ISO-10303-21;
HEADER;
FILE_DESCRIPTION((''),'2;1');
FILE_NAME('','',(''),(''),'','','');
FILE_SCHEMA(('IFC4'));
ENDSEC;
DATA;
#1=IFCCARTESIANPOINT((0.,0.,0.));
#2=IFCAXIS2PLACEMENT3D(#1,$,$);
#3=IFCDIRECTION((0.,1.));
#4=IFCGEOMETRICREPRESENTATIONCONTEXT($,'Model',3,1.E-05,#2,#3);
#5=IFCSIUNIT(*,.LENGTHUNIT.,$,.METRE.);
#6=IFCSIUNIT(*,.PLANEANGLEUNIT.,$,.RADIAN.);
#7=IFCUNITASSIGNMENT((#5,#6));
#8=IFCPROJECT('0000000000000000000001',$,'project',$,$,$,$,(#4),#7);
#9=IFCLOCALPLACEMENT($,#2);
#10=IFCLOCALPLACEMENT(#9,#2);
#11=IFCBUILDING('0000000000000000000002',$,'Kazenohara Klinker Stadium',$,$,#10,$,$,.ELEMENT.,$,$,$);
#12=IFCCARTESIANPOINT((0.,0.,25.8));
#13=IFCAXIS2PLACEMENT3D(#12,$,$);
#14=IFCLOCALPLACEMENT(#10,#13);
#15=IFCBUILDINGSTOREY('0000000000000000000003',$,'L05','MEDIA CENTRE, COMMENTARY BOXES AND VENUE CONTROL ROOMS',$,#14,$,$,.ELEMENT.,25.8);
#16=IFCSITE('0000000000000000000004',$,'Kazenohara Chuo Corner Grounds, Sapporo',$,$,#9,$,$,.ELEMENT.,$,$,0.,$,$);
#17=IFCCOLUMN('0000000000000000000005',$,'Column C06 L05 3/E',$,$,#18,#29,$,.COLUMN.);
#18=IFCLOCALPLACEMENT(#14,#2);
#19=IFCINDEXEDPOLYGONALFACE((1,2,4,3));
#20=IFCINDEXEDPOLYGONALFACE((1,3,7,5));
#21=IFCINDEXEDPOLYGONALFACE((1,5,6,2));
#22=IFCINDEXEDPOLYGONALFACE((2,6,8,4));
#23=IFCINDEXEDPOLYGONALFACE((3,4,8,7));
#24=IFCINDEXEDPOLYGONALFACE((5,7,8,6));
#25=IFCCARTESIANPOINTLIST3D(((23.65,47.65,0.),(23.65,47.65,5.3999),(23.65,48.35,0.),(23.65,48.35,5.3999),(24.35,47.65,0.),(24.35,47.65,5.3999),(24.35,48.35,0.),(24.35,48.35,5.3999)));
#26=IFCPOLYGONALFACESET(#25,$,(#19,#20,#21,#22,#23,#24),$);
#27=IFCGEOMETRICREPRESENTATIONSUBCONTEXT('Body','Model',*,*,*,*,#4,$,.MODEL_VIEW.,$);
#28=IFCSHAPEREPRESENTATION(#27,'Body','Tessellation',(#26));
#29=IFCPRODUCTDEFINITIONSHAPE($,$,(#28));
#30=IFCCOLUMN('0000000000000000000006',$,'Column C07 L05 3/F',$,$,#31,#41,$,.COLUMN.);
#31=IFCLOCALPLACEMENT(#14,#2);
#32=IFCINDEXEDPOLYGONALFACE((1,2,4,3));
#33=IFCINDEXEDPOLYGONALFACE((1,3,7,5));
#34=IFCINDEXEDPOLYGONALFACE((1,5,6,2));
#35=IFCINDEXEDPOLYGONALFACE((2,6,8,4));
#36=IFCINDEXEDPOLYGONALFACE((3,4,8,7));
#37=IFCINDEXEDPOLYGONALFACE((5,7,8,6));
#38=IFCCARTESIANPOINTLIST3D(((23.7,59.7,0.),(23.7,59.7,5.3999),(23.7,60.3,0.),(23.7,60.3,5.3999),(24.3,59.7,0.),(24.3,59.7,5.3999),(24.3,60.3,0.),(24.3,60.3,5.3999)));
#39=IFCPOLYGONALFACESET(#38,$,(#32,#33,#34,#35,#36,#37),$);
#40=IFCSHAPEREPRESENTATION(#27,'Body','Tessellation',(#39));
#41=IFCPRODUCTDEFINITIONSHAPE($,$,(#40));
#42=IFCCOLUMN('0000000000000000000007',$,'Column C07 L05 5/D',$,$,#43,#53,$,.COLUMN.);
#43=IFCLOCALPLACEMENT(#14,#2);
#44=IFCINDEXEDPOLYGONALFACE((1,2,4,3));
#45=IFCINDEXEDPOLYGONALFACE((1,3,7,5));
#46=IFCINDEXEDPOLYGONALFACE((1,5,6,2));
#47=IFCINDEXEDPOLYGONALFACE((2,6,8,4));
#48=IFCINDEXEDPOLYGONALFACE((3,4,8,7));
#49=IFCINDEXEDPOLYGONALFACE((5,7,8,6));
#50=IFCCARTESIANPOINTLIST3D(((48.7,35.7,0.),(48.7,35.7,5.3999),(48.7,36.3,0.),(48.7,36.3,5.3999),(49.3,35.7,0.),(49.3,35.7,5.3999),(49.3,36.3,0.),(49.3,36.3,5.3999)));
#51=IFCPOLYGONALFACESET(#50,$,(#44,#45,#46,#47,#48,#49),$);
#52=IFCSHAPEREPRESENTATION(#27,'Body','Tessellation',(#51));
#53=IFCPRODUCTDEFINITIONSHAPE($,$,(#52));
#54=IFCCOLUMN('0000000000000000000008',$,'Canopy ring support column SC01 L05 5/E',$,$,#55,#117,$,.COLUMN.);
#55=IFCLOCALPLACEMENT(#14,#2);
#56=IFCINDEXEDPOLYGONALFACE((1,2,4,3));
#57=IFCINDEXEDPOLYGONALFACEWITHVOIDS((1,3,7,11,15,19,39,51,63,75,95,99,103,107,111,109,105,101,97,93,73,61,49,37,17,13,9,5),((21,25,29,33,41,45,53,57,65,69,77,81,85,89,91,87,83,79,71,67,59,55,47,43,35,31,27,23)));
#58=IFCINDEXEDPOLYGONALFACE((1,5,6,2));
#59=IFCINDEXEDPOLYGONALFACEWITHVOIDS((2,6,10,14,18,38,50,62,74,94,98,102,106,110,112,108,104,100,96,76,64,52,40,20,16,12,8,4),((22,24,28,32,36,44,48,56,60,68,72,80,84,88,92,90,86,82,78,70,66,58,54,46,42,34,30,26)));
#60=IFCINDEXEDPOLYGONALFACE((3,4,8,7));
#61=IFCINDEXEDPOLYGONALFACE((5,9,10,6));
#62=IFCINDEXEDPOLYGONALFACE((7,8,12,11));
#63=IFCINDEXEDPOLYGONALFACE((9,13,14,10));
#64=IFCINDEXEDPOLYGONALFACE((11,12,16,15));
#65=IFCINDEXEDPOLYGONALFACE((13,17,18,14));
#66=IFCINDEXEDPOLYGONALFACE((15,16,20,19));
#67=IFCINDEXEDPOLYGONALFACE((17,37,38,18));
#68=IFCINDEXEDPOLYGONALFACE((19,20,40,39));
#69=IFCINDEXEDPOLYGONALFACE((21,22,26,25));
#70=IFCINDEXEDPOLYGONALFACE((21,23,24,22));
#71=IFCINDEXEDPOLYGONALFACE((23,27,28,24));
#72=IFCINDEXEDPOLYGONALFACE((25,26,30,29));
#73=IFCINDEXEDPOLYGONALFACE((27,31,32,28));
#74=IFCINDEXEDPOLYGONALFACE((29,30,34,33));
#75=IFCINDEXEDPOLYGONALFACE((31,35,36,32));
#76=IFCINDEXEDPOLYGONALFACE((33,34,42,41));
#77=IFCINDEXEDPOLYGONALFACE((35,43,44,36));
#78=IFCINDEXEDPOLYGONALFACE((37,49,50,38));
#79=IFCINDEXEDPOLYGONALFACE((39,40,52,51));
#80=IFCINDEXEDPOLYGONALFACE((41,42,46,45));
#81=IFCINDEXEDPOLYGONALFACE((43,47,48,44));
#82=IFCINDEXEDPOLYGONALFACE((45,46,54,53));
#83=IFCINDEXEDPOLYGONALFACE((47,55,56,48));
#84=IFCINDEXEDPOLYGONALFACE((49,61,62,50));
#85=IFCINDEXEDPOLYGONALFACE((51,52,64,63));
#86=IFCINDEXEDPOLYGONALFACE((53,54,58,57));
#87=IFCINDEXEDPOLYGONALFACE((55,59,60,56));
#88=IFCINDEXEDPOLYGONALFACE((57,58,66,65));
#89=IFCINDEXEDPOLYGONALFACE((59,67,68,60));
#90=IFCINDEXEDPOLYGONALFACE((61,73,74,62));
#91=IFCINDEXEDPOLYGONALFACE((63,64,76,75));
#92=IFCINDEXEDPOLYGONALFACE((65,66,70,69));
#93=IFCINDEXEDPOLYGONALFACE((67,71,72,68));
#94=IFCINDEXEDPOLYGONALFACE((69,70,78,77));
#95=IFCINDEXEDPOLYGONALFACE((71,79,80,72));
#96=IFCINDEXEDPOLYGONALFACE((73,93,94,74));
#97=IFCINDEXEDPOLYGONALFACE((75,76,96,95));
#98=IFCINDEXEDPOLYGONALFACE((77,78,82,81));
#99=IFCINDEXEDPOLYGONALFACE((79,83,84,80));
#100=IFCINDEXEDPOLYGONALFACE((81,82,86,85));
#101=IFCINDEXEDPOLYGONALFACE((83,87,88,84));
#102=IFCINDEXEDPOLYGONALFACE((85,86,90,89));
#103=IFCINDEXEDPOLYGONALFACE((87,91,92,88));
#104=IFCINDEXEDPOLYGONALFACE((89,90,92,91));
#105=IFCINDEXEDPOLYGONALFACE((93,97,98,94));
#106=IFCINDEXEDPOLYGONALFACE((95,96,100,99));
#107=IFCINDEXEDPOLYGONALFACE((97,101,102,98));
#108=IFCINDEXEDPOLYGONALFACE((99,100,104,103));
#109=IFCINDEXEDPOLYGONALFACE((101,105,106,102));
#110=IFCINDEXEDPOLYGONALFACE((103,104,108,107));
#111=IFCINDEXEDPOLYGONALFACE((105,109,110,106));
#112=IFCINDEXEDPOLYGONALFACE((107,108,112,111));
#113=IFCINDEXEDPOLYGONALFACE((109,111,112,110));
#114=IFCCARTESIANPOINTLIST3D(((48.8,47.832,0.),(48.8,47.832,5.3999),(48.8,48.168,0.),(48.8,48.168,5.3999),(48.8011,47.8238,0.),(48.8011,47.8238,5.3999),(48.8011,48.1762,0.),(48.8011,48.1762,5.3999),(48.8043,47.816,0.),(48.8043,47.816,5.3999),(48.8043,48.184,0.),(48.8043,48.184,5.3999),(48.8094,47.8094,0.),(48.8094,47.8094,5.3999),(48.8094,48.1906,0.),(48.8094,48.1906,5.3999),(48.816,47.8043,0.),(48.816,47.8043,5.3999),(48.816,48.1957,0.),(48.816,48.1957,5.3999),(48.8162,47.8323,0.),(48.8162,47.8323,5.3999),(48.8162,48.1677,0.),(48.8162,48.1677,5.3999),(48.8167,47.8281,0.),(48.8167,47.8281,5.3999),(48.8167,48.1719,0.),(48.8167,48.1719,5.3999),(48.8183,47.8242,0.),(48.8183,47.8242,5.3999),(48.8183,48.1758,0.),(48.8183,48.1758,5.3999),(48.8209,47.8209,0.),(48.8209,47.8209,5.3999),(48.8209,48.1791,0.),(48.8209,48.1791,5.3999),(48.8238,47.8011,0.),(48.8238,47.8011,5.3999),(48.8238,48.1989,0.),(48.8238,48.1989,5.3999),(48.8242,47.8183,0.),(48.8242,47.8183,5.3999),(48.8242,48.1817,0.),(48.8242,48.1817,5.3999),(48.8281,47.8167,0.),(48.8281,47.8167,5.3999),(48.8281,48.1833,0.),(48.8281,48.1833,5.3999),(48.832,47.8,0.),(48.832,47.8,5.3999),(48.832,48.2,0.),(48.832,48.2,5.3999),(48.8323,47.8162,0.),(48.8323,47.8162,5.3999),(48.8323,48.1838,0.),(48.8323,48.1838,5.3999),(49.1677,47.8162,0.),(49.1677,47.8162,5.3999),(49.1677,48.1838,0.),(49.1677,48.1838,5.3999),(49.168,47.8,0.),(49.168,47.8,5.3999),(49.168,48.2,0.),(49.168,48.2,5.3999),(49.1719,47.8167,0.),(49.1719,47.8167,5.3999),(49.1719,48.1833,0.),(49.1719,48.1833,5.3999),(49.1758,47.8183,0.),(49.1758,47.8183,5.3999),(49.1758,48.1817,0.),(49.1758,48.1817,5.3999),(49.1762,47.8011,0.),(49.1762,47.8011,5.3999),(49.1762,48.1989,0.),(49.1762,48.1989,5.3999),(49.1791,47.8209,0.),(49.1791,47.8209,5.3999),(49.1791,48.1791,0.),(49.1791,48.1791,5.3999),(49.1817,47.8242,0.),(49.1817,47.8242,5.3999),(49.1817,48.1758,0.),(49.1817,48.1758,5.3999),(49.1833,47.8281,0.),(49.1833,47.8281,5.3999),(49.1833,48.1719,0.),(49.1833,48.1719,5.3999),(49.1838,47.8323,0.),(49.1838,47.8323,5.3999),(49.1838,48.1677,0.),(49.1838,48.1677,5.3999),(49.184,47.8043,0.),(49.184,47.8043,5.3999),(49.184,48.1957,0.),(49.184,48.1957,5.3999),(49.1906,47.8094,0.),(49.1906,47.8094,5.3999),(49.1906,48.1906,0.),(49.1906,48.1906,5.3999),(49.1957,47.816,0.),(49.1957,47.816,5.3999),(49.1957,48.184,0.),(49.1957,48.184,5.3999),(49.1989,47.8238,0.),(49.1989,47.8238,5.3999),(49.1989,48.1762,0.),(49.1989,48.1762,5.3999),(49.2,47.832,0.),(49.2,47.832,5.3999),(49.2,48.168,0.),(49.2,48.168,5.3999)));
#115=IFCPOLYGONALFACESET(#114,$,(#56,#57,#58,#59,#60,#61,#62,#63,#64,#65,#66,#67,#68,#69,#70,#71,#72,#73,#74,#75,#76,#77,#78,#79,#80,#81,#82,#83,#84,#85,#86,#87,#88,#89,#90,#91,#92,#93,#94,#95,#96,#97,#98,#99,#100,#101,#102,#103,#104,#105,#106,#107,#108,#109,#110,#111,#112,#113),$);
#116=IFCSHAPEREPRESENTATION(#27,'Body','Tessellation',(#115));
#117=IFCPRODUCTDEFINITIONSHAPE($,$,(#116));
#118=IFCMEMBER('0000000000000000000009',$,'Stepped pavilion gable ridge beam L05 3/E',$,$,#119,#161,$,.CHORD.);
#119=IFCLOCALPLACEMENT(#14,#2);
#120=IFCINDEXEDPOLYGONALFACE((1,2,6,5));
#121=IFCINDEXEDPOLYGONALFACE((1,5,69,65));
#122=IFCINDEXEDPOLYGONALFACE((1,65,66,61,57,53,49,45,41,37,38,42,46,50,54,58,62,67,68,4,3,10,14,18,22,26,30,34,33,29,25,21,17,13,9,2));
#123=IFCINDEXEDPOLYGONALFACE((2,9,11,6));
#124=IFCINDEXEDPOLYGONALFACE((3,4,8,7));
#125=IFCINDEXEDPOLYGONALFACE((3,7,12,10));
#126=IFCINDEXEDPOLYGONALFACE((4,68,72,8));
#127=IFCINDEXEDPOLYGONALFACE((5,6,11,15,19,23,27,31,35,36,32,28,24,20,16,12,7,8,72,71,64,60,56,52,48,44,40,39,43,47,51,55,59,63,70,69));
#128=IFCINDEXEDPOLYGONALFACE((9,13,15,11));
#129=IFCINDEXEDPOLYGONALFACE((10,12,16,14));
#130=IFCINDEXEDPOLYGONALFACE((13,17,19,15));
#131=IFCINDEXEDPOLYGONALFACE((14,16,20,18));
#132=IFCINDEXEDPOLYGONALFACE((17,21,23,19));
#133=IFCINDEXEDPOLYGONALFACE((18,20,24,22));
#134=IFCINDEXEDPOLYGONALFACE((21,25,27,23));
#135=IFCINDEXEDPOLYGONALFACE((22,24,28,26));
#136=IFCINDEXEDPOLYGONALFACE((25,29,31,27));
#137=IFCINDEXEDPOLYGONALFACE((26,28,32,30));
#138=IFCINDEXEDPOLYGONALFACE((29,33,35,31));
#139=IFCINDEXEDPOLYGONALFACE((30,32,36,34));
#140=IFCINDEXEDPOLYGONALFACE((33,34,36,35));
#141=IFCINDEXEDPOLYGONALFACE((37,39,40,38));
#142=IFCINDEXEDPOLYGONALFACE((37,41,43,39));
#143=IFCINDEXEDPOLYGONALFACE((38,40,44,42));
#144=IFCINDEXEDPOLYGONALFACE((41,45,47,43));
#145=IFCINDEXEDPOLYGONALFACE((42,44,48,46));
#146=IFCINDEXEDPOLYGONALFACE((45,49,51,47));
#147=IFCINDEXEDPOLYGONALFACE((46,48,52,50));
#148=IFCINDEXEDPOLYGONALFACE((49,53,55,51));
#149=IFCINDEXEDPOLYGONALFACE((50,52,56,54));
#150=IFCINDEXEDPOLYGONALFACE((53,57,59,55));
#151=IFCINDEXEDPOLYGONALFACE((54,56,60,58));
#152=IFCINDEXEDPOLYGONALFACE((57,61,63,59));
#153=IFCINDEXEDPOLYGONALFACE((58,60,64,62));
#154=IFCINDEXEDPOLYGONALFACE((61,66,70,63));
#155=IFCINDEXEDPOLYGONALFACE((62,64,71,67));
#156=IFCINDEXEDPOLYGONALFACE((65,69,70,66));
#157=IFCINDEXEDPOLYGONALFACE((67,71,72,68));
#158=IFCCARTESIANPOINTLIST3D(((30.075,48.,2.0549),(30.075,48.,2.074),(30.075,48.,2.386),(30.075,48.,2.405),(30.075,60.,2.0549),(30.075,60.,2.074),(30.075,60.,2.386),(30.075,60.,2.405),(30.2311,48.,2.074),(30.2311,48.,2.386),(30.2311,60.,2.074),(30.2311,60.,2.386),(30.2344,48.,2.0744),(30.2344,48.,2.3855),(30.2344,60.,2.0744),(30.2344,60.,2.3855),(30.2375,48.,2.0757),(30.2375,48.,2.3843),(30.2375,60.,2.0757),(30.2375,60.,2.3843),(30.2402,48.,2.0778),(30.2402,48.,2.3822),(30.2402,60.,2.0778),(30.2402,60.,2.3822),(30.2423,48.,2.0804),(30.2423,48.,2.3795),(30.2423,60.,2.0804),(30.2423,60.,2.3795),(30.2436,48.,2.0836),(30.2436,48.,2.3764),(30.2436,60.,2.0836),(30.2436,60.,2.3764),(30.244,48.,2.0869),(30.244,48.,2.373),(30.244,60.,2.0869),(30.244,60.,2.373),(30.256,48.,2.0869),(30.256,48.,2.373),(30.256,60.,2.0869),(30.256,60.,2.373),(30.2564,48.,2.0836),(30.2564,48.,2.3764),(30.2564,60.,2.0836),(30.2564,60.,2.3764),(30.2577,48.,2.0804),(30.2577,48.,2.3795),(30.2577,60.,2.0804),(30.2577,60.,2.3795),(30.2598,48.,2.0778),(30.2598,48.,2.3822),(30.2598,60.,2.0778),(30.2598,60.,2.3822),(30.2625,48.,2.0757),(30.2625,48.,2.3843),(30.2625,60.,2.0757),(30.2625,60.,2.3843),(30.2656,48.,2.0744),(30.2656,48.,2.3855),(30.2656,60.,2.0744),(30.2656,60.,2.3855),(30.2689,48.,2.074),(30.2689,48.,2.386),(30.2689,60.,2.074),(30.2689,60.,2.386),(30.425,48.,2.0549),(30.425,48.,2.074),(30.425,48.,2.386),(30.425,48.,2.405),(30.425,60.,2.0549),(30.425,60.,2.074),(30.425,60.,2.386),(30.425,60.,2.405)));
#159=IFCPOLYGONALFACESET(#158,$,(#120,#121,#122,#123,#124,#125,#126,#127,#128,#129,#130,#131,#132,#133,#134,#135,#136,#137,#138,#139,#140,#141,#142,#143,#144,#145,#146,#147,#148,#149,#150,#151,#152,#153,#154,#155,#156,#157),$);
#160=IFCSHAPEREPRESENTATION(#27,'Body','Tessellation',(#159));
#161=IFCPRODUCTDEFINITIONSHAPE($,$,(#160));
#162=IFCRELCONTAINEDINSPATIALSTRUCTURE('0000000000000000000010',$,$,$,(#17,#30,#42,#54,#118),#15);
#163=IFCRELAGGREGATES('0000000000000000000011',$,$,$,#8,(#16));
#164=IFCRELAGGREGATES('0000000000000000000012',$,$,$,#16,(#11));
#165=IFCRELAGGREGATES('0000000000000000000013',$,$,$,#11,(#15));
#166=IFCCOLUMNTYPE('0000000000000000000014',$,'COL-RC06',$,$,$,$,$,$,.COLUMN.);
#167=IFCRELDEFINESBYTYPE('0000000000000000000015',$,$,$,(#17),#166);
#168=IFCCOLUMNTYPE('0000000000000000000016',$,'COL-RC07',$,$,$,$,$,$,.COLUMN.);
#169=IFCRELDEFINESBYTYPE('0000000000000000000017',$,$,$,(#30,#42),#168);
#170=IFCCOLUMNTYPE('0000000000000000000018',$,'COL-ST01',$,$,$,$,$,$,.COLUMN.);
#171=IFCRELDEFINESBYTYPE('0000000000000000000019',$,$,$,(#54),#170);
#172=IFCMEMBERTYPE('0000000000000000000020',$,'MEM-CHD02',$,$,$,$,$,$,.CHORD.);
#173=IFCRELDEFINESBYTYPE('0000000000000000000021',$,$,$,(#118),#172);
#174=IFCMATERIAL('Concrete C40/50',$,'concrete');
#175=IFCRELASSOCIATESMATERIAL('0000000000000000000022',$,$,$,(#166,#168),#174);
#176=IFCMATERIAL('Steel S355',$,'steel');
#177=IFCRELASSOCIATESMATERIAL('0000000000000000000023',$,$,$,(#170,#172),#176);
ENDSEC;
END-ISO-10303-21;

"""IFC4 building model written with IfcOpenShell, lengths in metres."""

from ifc_helpers import new_model, si_unit, direction, frame, origin, origin_2d, place, context, subcontext, project, spatial, rectangle, hollow_rectangle, i_section, extrude, material, material_profile, profile_set, type_object, element, save


model = new_model("IFC4")

# Units and contexts
model_context = context("Model", 3, precision=1e-05, world=origin(), true_north=direction((0.0, 1.0)))
body_context = subcontext(model_context, "Body", "Model", "MODEL_VIEW")
ifc_project = project(units=[si_unit("LENGTHUNIT", "METRE"), si_unit("PLANEANGLEUNIT", "RADIAN")], contexts=[model_context])

# Site, building, storey
site_placement = place(None, origin())
site = spatial("IfcSite", under=ifc_project, at=site_placement, Name="Kazenohara Chuo Corner Grounds, Sapporo", CompositionType="ELEMENT", RefElevation=0.0)
building_placement = place(site_placement, origin())
building = spatial("IfcBuilding", under=site, at=building_placement, Name="Kazenohara Klinker Stadium", CompositionType="ELEMENT")
storey_placement = place(building_placement, frame((0.0, 0.0, 25.8)))
storey = spatial("IfcBuildingStorey", under=building, at=storey_placement, Name="L05", Description="MEDIA CENTRE, COMMENTARY BOXES AND VENUE CONTROL ROOMS", CompositionType="ELEMENT", Elevation=25.8)

# Columns
ifc_material_1 = material(Name="Concrete C40/50", Category="concrete")
ifc_material_profile_1 = material_profile(ifc_material_1, rectangle(XDim=0.7, YDim=0.7, at=origin_2d()), Name="RC-COL-700x700")
ifc_profile_set_1 = profile_set([ifc_material_profile_1], Name="Concrete C40/50")
column_type_1 = type_object("IfcColumnType", Name="COL-RC06", PredefinedType="COLUMN", material=ifc_profile_set_1)
column_1_placement = place(storey_placement, frame((24.0, 48.0, 0.0), z_axis=(0.0, 0.0, 1.0), x_axis=(1.0, 0.0, 0.0)))
element("IfcColumn", 1, at=column_1_placement, inside=storey, type_object=column_type_1, Name="Column C06 L05 3/E", PredefinedType="COLUMN", context=body_context, shape_type="SweptSolid", body=[
    extrude(rectangle(XDim=0.7, YDim=0.7, at=origin_2d()), origin(), (0.0, 0.0, 1.0), 5.3999),
])
ifc_material_profile_2 = material_profile(ifc_material_1, rectangle(XDim=0.6001, YDim=0.6001, at=origin_2d()), Name="RC-COL-600x600")
ifc_profile_set_2 = profile_set([ifc_material_profile_2], Name="Concrete C40/50")
column_type_2 = type_object("IfcColumnType", Name="COL-RC07", PredefinedType="COLUMN", material=ifc_profile_set_2)
for number, where, z_axis, x_axis, name in (
    (2, (24.0, 60.0, 0.0), (0.0, 0.0, 1.0), (1.0, 0.0, 0.0), "Column C07 L05 3/F"),
    (3, (49.0, 36.0, 0.0), (0.0, 0.0, 1.0), (1.0, 0.0, 0.0), "Column C07 L05 5/D"),
):
    element("IfcColumn", number, at=place(storey_placement, frame(where, z_axis=z_axis, x_axis=x_axis)), inside=storey, type_object=column_type_2, Name=name, PredefinedType="COLUMN", context=body_context, shape_type="SweptSolid", body=[
        extrude(rectangle(XDim=0.6001, YDim=0.6001, at=origin_2d()), origin(), (0.0, 0.0, 1.0), 5.3999),
    ])
ifc_material_2 = material(Name="Steel S355", Category="steel")
ifc_material_profile_3 = material_profile(ifc_material_2, hollow_rectangle(XDim=0.3999, YDim=0.3999, WallThickness=0.0161, InnerFilletRadius=0.0161, OuterFilletRadius=0.032, at=origin_2d()), Name="SHS-400x400x16")
ifc_profile_set_3 = profile_set([ifc_material_profile_3], Name="Steel S355")
column_type_3 = type_object("IfcColumnType", Name="COL-ST01", PredefinedType="COLUMN", material=ifc_profile_set_3)
column_2_placement = place(storey_placement, frame((49.0, 48.0, 0.0), z_axis=(0.0, 0.0, 1.0), x_axis=(1.0, 0.0, 0.0)))
element("IfcColumn", 4, at=column_2_placement, inside=storey, type_object=column_type_3, Name="Canopy ring support column SC01 L05 5/E", PredefinedType="COLUMN", context=body_context, shape_type="SweptSolid", body=[
    extrude(hollow_rectangle(XDim=0.3999, YDim=0.3999, WallThickness=0.0161, InnerFilletRadius=0.0161, OuterFilletRadius=0.032, at=origin_2d()), origin(), (0.0, 0.0, 1.0), 5.3999),
])

# Member
ifc_material_profile_4 = material_profile(ifc_material_2, i_section(OverallWidth=0.3501, OverallDepth=0.3501, WebThickness=0.012, FlangeThickness=0.019, FilletRadius=0.0129, at=origin_2d()), Name="H-350x350x12x19")
ifc_profile_set_4 = profile_set([ifc_material_profile_4], Name="Steel S355")
member_type_1 = type_object("IfcMemberType", Name="MEM-CHD02", PredefinedType="CHORD", material=ifc_profile_set_4)
for number, where, z_axis, x_axis, name in (
    (5, (30.25, 48.0, 2.23), (0.0, 1.0, 0.0), (-1.0, 0.0, 0.0), "Stepped pavilion gable ridge beam L05 3/E"),
):
    element("IfcMember", number, at=place(storey_placement, frame(where, z_axis=z_axis, x_axis=x_axis)), inside=storey, type_object=member_type_1, Name=name, PredefinedType="CHORD", context=body_context, shape_type="SweptSolid", body=[
        extrude(i_section(OverallWidth=0.3501, OverallDepth=0.3501, WebThickness=0.012, FlangeThickness=0.019, FilletRadius=0.0129, at=origin_2d()), origin(), (0.0, 0.0, 1.0), 12.0),
    ])

save(model, "model.ifc")
